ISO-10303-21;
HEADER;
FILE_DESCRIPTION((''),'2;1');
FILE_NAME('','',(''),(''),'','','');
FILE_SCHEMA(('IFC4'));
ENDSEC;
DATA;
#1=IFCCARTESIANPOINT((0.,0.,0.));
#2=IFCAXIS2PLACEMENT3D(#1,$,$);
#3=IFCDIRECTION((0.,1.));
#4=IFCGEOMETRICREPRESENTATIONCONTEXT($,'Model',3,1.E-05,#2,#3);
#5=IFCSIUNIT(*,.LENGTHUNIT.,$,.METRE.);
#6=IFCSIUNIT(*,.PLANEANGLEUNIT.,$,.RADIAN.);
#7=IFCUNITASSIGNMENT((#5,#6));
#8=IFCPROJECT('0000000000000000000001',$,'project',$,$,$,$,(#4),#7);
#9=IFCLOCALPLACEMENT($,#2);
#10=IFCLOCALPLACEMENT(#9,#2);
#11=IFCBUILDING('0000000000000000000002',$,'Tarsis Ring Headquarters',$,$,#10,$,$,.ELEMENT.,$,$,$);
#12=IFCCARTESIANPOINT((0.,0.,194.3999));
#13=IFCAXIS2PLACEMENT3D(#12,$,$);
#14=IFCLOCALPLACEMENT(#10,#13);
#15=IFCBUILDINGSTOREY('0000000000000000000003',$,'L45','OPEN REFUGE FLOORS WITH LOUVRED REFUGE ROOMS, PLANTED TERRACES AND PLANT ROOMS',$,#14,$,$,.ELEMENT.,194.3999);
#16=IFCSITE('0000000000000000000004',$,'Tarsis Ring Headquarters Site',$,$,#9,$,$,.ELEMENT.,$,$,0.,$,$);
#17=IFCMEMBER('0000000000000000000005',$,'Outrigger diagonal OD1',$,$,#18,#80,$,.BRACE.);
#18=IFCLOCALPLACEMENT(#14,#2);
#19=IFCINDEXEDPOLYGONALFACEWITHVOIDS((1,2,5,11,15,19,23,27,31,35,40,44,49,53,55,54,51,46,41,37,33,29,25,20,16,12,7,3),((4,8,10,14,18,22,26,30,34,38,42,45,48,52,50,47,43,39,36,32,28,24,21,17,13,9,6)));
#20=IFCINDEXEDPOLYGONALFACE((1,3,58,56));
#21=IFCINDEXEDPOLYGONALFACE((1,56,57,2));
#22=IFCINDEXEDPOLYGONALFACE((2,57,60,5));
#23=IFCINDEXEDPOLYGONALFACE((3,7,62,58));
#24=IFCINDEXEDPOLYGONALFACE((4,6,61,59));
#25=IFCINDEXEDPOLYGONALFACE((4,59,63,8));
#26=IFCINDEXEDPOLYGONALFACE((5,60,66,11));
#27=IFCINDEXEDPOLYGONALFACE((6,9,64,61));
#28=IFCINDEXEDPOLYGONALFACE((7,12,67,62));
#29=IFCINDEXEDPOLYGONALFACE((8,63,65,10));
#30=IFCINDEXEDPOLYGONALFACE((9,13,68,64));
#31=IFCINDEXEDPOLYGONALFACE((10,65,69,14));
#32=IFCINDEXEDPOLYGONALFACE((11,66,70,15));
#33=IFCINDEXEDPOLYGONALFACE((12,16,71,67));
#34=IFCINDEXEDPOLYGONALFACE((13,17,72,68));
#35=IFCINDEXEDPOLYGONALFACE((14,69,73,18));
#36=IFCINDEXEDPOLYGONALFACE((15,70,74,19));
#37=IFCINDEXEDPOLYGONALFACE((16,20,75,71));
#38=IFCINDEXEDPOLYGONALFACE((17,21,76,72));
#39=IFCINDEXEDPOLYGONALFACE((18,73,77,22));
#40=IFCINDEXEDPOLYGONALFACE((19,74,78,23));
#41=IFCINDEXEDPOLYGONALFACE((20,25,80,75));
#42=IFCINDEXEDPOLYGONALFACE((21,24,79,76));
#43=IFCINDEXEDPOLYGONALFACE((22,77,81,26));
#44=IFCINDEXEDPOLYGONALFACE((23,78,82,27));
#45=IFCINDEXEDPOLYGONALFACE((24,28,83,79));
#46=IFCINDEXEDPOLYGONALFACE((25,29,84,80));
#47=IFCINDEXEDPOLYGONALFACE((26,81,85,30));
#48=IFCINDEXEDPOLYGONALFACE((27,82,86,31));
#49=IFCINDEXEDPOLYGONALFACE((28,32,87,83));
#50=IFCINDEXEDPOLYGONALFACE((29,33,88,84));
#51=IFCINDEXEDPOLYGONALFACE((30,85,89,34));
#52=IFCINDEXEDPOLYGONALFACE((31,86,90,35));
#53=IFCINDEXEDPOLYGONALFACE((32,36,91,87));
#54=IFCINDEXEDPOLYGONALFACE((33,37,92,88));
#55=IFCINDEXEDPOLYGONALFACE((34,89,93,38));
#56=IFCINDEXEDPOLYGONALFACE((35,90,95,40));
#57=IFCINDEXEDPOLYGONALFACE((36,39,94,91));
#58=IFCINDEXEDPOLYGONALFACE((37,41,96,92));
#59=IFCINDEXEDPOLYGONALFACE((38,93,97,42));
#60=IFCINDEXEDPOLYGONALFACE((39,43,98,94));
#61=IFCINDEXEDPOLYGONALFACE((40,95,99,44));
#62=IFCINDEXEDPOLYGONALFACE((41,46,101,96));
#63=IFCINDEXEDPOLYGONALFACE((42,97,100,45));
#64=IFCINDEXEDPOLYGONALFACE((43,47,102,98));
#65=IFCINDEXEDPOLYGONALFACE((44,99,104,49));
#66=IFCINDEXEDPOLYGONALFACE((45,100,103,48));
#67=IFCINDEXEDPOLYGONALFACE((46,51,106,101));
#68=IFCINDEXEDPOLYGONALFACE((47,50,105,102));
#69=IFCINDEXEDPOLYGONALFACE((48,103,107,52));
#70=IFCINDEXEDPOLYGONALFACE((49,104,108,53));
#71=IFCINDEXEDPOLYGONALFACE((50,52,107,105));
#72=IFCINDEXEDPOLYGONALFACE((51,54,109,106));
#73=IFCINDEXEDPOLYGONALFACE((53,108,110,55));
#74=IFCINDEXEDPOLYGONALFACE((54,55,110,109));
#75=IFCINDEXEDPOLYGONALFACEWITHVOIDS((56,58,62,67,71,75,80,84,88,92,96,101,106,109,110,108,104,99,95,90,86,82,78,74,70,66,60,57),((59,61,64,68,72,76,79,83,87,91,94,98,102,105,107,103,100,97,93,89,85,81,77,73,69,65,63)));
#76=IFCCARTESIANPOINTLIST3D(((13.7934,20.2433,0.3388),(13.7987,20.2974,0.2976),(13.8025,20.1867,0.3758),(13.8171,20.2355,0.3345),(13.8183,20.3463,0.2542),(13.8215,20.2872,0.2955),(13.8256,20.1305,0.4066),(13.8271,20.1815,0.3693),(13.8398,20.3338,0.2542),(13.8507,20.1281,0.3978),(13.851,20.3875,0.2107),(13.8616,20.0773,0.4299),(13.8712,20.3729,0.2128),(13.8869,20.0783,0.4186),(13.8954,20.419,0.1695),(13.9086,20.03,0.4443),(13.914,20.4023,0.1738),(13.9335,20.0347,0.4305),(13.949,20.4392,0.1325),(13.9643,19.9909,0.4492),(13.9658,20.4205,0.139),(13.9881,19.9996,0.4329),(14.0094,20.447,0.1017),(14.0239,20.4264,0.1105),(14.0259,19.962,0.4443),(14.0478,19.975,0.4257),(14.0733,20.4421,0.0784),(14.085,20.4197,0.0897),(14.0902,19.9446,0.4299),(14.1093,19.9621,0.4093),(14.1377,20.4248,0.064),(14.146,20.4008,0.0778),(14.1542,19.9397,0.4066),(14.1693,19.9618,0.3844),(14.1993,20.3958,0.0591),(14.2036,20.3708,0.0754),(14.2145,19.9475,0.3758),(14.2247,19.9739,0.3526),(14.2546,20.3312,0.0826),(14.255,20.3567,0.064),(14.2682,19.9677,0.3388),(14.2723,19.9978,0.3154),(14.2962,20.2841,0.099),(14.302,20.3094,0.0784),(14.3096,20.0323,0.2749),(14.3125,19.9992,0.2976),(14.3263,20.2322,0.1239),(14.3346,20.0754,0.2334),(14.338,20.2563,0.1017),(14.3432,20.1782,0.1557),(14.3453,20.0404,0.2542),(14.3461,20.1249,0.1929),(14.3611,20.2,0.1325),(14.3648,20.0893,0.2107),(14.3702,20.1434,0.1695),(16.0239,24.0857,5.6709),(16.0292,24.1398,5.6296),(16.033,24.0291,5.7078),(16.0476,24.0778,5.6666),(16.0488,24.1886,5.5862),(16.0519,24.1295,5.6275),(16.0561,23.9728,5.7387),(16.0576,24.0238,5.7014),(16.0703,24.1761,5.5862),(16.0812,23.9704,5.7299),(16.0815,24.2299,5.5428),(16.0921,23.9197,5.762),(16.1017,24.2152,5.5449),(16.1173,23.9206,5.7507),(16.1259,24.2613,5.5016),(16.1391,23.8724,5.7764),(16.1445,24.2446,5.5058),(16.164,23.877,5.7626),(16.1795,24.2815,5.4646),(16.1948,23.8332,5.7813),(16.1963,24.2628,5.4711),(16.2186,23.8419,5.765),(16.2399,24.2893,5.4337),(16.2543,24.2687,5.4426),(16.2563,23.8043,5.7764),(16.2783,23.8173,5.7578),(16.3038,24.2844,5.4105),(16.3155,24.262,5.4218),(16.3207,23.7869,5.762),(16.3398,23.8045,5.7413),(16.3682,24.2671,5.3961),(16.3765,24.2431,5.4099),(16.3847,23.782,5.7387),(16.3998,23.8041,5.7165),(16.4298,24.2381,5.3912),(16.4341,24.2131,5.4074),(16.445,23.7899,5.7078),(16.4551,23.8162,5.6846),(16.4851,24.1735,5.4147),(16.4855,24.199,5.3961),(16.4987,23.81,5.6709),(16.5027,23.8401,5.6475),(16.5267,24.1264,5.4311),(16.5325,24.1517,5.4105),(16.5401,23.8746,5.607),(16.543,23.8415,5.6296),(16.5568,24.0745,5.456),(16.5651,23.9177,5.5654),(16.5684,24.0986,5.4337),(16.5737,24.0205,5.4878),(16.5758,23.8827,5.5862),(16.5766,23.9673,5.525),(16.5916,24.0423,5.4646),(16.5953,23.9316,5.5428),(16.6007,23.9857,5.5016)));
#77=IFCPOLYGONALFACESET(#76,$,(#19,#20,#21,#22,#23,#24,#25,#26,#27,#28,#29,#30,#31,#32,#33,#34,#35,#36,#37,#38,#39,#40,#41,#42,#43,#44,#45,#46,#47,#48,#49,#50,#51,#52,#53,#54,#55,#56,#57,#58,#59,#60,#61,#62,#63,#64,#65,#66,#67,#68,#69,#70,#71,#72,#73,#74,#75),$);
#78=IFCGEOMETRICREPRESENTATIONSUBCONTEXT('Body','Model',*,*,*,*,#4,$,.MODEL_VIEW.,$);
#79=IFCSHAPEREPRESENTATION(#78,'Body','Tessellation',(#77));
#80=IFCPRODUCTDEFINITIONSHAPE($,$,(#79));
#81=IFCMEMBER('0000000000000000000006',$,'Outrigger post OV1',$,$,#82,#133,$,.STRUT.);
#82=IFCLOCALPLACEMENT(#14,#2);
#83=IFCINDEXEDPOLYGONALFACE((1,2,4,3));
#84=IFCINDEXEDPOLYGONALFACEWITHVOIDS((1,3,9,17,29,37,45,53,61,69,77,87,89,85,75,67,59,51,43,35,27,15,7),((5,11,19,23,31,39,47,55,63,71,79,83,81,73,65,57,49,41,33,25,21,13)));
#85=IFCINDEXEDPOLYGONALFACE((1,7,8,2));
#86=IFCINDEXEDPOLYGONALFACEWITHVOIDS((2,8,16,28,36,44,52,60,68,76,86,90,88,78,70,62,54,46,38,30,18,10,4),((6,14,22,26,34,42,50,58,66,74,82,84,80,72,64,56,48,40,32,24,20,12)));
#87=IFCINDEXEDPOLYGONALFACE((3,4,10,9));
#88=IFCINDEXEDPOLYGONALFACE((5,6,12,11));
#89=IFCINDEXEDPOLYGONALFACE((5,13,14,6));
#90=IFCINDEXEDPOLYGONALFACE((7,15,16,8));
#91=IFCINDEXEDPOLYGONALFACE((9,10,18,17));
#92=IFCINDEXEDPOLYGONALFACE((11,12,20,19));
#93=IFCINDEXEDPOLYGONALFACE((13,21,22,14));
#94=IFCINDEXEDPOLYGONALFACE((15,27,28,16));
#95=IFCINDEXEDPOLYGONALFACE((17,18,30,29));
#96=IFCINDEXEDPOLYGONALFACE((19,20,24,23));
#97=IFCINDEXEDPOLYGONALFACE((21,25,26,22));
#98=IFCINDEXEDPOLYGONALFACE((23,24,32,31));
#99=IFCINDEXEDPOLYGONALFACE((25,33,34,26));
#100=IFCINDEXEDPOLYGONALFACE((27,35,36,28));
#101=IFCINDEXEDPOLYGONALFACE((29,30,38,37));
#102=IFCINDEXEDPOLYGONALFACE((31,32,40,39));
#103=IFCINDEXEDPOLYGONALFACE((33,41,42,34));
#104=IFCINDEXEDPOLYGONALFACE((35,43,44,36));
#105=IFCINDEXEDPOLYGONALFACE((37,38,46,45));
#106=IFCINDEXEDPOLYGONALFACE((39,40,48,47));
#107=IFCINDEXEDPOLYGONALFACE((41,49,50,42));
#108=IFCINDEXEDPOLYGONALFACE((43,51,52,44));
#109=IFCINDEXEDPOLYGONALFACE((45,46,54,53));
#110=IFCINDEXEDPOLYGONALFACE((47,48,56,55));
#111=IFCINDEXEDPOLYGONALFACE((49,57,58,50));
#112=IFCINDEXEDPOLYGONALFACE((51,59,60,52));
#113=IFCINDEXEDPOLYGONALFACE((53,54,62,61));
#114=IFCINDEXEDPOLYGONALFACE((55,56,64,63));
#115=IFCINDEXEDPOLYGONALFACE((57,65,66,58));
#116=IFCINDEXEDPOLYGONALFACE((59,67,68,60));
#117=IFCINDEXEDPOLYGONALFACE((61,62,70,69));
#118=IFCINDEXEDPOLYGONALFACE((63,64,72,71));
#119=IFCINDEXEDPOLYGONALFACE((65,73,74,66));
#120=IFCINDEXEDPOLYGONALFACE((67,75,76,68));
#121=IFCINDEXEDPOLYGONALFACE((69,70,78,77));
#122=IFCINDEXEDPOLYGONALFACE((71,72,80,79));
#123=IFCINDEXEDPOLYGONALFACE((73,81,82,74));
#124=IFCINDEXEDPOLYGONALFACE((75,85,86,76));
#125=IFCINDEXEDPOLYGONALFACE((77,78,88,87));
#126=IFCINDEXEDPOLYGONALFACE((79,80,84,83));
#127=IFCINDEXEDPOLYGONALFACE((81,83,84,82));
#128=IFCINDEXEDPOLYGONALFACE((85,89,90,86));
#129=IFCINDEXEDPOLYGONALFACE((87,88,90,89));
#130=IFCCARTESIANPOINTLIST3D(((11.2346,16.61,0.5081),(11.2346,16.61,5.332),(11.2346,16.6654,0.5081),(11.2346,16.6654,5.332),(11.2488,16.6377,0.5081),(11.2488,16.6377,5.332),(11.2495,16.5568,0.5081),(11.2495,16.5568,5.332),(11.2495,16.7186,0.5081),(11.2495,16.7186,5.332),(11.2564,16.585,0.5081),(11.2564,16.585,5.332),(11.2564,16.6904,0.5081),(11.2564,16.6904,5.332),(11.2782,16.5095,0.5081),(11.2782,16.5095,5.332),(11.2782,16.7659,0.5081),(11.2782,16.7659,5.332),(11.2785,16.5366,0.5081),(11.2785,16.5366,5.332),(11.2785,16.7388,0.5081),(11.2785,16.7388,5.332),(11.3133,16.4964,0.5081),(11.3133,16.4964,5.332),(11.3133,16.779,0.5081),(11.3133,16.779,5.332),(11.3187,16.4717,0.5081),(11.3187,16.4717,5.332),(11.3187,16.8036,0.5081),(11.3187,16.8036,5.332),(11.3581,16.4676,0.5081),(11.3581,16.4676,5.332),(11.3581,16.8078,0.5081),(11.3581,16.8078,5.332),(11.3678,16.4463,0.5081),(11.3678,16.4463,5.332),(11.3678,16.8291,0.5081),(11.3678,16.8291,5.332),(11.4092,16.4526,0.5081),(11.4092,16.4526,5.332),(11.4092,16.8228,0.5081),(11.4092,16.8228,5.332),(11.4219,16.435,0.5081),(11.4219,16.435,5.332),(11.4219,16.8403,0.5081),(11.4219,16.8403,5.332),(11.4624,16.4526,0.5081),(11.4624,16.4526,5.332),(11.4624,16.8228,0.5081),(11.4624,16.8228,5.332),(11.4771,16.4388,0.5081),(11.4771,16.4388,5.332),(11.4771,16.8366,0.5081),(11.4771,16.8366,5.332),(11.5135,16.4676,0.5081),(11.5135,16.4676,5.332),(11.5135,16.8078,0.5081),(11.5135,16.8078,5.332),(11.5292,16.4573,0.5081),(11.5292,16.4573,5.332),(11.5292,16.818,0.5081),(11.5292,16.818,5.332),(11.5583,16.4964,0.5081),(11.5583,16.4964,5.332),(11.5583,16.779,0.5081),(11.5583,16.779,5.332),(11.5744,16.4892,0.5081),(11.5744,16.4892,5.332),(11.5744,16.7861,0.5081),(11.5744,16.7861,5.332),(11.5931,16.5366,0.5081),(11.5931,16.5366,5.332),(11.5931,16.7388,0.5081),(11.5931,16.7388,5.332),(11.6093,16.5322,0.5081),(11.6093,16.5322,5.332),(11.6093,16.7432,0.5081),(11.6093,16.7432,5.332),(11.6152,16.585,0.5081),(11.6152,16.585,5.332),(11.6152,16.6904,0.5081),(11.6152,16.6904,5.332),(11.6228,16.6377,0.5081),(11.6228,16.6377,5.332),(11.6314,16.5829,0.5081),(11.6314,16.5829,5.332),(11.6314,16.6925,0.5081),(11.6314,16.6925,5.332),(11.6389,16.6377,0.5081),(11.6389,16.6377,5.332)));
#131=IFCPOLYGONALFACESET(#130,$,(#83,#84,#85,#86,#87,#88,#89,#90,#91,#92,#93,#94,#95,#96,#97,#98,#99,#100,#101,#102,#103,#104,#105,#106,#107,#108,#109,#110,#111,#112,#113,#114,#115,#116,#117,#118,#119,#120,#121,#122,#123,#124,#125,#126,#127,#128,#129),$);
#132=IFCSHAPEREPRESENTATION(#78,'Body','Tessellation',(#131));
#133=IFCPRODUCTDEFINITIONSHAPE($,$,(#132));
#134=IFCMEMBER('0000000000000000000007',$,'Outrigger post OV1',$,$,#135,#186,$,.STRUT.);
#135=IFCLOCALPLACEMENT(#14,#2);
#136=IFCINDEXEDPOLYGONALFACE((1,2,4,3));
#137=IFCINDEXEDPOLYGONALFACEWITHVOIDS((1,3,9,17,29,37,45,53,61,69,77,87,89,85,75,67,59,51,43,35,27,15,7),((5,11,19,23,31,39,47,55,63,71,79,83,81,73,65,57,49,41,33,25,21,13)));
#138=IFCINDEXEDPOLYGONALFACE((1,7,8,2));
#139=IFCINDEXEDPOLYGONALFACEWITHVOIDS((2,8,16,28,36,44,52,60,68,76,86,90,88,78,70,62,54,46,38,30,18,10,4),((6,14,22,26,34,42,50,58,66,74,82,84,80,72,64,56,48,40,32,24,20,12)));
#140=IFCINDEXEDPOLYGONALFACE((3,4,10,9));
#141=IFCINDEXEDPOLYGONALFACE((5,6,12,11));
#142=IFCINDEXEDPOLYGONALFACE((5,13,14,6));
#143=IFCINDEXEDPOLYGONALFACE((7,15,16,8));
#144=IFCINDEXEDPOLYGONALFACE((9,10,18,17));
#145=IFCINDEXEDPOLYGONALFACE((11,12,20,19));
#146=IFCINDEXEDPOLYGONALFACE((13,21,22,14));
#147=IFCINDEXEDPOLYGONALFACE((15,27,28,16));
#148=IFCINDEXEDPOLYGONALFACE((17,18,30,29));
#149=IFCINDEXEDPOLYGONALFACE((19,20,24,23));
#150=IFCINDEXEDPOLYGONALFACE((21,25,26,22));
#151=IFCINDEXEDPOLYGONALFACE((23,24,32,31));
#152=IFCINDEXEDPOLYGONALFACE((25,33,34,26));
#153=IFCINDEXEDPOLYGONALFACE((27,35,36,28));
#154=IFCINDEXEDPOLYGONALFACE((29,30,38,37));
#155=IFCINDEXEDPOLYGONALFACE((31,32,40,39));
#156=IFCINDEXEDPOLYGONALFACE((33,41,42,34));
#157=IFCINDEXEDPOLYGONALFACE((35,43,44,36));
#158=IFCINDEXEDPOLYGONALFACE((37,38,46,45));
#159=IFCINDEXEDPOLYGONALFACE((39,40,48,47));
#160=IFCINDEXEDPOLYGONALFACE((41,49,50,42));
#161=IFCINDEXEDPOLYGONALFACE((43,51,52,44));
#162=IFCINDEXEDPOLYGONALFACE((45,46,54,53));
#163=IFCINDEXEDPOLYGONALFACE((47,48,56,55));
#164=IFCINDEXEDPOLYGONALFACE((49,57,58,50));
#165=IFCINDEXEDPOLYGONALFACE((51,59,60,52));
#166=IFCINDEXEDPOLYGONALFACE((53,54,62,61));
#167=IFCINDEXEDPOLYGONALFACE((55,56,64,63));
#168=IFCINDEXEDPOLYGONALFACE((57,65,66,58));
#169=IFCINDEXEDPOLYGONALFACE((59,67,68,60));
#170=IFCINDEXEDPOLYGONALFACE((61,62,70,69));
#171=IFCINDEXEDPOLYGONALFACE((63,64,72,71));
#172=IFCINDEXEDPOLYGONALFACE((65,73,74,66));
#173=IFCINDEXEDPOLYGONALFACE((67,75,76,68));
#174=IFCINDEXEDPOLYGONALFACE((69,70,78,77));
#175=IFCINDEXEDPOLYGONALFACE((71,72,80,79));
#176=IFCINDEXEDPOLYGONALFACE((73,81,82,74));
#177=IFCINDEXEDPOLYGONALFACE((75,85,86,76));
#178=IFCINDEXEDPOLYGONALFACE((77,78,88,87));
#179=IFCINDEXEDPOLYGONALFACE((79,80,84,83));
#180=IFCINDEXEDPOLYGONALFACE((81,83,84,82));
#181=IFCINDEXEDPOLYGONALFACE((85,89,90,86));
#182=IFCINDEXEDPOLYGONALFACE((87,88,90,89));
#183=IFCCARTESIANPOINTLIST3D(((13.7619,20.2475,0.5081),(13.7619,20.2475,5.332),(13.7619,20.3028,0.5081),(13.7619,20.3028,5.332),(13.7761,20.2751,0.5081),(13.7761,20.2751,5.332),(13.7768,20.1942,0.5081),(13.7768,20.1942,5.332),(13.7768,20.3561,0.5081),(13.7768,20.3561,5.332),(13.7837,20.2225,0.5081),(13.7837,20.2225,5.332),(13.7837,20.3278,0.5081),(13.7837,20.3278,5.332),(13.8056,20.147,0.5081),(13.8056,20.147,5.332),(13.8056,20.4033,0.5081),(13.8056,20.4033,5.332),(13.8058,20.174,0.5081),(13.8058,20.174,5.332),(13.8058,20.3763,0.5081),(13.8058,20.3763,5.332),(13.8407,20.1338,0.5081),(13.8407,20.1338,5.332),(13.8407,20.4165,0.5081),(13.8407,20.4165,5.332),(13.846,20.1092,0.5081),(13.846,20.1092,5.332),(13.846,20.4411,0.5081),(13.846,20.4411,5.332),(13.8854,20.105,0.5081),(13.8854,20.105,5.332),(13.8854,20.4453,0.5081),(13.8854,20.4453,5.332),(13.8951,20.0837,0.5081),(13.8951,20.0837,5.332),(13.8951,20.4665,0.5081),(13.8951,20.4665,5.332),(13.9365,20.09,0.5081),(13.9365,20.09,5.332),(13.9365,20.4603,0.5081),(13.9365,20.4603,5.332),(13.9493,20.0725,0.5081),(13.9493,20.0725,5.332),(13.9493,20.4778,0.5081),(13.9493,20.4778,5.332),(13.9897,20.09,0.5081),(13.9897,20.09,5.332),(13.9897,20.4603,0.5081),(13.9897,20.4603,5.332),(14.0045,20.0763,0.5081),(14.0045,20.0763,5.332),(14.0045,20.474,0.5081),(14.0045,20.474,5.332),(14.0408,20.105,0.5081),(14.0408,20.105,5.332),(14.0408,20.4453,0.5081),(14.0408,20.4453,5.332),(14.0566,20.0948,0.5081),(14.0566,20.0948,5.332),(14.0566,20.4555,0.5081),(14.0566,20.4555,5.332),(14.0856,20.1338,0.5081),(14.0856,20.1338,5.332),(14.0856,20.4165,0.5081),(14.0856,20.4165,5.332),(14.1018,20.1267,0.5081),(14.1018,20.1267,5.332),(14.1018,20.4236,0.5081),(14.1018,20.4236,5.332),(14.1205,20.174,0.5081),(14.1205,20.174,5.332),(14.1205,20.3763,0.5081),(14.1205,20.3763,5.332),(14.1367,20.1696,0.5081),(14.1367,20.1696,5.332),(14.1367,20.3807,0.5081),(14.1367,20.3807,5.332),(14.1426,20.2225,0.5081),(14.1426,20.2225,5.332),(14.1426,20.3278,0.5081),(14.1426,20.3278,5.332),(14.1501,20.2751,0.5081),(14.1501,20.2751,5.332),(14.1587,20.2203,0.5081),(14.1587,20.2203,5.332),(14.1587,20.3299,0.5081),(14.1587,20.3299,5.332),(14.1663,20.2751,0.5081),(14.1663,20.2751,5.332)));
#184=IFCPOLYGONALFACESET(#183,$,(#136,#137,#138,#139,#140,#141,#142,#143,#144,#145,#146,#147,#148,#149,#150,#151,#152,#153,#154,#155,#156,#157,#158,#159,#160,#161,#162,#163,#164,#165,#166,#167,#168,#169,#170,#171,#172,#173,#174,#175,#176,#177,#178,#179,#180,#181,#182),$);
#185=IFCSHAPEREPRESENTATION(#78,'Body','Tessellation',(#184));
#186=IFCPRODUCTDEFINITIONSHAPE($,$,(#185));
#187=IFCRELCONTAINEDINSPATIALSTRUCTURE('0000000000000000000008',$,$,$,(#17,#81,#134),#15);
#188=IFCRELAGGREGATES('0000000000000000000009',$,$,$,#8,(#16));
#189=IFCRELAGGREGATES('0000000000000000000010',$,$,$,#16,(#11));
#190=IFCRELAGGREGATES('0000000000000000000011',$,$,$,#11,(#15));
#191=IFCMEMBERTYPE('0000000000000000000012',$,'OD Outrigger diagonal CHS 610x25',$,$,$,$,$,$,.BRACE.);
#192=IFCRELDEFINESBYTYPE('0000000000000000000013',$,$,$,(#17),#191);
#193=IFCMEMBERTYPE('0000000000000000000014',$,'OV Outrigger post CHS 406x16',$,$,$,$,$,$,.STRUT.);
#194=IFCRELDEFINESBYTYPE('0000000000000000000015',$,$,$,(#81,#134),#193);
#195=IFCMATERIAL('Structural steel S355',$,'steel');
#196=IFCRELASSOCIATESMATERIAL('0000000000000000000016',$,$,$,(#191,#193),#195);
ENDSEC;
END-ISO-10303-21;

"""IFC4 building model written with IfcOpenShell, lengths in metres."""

from ifc_helpers import new_model, si_unit, direction, frame, origin, origin_2d, place, context, subcontext, project, spatial, hollow_circle, extrude, material, material_profile, profile_set, type_object, element, save


model = new_model("IFC4")

# Units and contexts
model_context = context("Model", 3, precision=1e-05, world=origin(), true_north=direction((0.0, 1.0)))
body_context = subcontext(model_context, "Body", "Model", "MODEL_VIEW")
ifc_project = project(units=[si_unit("LENGTHUNIT", "METRE"), si_unit("PLANEANGLEUNIT", "RADIAN")], contexts=[model_context])

# Site, building, storey
site_placement = place(None, origin())
site = spatial("IfcSite", under=ifc_project, at=site_placement, Name="Tarsis Ring Headquarters Site", CompositionType="ELEMENT", RefElevation=0.0)
building_placement = place(site_placement, origin())
building = spatial("IfcBuilding", under=site, at=building_placement, Name="Tarsis Ring Headquarters", CompositionType="ELEMENT")
storey_placement = place(building_placement, frame((0.0, 0.0, 194.3999)))
storey = spatial("IfcBuildingStorey", under=building, at=storey_placement, Name="L45", Description="OPEN REFUGE FLOORS WITH LOUVRED REFUGE ROOMS, PLANTED TERRACES AND PLANT ROOMS", CompositionType="ELEMENT", Elevation=194.3999)

# Shared definitions
ifc_material_1 = material(Name="Structural steel S355", Category="steel")

# Members
ifc_material_profile_1 = material_profile(ifc_material_1, hollow_circle(Radius=0.3047, WallThickness=0.0249, at=origin_2d()), Name="CHS 610x25")
ifc_profile_set_1 = profile_set([ifc_material_profile_1], Name="Structural steel S355")
member_type_1 = type_object("IfcMemberType", Name="OD Outrigger diagonal CHS 610x25", PredefinedType="BRACE", material=ifc_profile_set_1)
member_1_placement = place(storey_placement, frame((14.0818, 20.1934, 0.2542), z_axis=(0.321376, 0.553614, 0.768264), x_axis=(-0.864841, 0.502045, 0.0)))
element("IfcMember", 1, at=member_1_placement, inside=storey, type_object=member_type_1, Name="Outrigger diagonal OD1", PredefinedType="BRACE", context=body_context, shape_type="SweptSolid", body=[
    extrude(hollow_circle(Radius=0.3047, WallThickness=0.0249, at=origin_2d()), origin(), (0.0, 0.0, 1.0), 6.9404),
])
ifc_material_profile_2 = material_profile(ifc_material_1, hollow_circle(Radius=0.2031, WallThickness=0.0161, at=origin_2d()), Name="CHS 406x16")
ifc_profile_set_2 = profile_set([ifc_material_profile_2], Name="Structural steel S355")
member_type_2 = type_object("IfcMemberType", Name="OV Outrigger post CHS 406x16", PredefinedType="STRUT", material=ifc_profile_set_2)
for number, where, z_axis, x_axis, name in (
    (2, (11.4358, 16.6377, 0.5081), (0.0, 0.0, 1.0), (1.0, 0.0, 0.0), "Outrigger post OV1"),
    (3, (13.9631, 20.2751, 0.5081), (0.0, 0.0, 1.0), (1.0, 0.0, 0.0), "Outrigger post OV1"),
):
    element("IfcMember", number, at=place(storey_placement, frame(where, z_axis=z_axis, x_axis=x_axis)), inside=storey, type_object=member_type_2, Name=name, PredefinedType="STRUT", context=body_context, shape_type="SweptSolid", body=[
        extrude(hollow_circle(Radius=0.2031, WallThickness=0.0161, at=origin_2d()), origin(), (0.0, 0.0, 1.0), 4.824),
    ])

save(model, "model.ifc")
